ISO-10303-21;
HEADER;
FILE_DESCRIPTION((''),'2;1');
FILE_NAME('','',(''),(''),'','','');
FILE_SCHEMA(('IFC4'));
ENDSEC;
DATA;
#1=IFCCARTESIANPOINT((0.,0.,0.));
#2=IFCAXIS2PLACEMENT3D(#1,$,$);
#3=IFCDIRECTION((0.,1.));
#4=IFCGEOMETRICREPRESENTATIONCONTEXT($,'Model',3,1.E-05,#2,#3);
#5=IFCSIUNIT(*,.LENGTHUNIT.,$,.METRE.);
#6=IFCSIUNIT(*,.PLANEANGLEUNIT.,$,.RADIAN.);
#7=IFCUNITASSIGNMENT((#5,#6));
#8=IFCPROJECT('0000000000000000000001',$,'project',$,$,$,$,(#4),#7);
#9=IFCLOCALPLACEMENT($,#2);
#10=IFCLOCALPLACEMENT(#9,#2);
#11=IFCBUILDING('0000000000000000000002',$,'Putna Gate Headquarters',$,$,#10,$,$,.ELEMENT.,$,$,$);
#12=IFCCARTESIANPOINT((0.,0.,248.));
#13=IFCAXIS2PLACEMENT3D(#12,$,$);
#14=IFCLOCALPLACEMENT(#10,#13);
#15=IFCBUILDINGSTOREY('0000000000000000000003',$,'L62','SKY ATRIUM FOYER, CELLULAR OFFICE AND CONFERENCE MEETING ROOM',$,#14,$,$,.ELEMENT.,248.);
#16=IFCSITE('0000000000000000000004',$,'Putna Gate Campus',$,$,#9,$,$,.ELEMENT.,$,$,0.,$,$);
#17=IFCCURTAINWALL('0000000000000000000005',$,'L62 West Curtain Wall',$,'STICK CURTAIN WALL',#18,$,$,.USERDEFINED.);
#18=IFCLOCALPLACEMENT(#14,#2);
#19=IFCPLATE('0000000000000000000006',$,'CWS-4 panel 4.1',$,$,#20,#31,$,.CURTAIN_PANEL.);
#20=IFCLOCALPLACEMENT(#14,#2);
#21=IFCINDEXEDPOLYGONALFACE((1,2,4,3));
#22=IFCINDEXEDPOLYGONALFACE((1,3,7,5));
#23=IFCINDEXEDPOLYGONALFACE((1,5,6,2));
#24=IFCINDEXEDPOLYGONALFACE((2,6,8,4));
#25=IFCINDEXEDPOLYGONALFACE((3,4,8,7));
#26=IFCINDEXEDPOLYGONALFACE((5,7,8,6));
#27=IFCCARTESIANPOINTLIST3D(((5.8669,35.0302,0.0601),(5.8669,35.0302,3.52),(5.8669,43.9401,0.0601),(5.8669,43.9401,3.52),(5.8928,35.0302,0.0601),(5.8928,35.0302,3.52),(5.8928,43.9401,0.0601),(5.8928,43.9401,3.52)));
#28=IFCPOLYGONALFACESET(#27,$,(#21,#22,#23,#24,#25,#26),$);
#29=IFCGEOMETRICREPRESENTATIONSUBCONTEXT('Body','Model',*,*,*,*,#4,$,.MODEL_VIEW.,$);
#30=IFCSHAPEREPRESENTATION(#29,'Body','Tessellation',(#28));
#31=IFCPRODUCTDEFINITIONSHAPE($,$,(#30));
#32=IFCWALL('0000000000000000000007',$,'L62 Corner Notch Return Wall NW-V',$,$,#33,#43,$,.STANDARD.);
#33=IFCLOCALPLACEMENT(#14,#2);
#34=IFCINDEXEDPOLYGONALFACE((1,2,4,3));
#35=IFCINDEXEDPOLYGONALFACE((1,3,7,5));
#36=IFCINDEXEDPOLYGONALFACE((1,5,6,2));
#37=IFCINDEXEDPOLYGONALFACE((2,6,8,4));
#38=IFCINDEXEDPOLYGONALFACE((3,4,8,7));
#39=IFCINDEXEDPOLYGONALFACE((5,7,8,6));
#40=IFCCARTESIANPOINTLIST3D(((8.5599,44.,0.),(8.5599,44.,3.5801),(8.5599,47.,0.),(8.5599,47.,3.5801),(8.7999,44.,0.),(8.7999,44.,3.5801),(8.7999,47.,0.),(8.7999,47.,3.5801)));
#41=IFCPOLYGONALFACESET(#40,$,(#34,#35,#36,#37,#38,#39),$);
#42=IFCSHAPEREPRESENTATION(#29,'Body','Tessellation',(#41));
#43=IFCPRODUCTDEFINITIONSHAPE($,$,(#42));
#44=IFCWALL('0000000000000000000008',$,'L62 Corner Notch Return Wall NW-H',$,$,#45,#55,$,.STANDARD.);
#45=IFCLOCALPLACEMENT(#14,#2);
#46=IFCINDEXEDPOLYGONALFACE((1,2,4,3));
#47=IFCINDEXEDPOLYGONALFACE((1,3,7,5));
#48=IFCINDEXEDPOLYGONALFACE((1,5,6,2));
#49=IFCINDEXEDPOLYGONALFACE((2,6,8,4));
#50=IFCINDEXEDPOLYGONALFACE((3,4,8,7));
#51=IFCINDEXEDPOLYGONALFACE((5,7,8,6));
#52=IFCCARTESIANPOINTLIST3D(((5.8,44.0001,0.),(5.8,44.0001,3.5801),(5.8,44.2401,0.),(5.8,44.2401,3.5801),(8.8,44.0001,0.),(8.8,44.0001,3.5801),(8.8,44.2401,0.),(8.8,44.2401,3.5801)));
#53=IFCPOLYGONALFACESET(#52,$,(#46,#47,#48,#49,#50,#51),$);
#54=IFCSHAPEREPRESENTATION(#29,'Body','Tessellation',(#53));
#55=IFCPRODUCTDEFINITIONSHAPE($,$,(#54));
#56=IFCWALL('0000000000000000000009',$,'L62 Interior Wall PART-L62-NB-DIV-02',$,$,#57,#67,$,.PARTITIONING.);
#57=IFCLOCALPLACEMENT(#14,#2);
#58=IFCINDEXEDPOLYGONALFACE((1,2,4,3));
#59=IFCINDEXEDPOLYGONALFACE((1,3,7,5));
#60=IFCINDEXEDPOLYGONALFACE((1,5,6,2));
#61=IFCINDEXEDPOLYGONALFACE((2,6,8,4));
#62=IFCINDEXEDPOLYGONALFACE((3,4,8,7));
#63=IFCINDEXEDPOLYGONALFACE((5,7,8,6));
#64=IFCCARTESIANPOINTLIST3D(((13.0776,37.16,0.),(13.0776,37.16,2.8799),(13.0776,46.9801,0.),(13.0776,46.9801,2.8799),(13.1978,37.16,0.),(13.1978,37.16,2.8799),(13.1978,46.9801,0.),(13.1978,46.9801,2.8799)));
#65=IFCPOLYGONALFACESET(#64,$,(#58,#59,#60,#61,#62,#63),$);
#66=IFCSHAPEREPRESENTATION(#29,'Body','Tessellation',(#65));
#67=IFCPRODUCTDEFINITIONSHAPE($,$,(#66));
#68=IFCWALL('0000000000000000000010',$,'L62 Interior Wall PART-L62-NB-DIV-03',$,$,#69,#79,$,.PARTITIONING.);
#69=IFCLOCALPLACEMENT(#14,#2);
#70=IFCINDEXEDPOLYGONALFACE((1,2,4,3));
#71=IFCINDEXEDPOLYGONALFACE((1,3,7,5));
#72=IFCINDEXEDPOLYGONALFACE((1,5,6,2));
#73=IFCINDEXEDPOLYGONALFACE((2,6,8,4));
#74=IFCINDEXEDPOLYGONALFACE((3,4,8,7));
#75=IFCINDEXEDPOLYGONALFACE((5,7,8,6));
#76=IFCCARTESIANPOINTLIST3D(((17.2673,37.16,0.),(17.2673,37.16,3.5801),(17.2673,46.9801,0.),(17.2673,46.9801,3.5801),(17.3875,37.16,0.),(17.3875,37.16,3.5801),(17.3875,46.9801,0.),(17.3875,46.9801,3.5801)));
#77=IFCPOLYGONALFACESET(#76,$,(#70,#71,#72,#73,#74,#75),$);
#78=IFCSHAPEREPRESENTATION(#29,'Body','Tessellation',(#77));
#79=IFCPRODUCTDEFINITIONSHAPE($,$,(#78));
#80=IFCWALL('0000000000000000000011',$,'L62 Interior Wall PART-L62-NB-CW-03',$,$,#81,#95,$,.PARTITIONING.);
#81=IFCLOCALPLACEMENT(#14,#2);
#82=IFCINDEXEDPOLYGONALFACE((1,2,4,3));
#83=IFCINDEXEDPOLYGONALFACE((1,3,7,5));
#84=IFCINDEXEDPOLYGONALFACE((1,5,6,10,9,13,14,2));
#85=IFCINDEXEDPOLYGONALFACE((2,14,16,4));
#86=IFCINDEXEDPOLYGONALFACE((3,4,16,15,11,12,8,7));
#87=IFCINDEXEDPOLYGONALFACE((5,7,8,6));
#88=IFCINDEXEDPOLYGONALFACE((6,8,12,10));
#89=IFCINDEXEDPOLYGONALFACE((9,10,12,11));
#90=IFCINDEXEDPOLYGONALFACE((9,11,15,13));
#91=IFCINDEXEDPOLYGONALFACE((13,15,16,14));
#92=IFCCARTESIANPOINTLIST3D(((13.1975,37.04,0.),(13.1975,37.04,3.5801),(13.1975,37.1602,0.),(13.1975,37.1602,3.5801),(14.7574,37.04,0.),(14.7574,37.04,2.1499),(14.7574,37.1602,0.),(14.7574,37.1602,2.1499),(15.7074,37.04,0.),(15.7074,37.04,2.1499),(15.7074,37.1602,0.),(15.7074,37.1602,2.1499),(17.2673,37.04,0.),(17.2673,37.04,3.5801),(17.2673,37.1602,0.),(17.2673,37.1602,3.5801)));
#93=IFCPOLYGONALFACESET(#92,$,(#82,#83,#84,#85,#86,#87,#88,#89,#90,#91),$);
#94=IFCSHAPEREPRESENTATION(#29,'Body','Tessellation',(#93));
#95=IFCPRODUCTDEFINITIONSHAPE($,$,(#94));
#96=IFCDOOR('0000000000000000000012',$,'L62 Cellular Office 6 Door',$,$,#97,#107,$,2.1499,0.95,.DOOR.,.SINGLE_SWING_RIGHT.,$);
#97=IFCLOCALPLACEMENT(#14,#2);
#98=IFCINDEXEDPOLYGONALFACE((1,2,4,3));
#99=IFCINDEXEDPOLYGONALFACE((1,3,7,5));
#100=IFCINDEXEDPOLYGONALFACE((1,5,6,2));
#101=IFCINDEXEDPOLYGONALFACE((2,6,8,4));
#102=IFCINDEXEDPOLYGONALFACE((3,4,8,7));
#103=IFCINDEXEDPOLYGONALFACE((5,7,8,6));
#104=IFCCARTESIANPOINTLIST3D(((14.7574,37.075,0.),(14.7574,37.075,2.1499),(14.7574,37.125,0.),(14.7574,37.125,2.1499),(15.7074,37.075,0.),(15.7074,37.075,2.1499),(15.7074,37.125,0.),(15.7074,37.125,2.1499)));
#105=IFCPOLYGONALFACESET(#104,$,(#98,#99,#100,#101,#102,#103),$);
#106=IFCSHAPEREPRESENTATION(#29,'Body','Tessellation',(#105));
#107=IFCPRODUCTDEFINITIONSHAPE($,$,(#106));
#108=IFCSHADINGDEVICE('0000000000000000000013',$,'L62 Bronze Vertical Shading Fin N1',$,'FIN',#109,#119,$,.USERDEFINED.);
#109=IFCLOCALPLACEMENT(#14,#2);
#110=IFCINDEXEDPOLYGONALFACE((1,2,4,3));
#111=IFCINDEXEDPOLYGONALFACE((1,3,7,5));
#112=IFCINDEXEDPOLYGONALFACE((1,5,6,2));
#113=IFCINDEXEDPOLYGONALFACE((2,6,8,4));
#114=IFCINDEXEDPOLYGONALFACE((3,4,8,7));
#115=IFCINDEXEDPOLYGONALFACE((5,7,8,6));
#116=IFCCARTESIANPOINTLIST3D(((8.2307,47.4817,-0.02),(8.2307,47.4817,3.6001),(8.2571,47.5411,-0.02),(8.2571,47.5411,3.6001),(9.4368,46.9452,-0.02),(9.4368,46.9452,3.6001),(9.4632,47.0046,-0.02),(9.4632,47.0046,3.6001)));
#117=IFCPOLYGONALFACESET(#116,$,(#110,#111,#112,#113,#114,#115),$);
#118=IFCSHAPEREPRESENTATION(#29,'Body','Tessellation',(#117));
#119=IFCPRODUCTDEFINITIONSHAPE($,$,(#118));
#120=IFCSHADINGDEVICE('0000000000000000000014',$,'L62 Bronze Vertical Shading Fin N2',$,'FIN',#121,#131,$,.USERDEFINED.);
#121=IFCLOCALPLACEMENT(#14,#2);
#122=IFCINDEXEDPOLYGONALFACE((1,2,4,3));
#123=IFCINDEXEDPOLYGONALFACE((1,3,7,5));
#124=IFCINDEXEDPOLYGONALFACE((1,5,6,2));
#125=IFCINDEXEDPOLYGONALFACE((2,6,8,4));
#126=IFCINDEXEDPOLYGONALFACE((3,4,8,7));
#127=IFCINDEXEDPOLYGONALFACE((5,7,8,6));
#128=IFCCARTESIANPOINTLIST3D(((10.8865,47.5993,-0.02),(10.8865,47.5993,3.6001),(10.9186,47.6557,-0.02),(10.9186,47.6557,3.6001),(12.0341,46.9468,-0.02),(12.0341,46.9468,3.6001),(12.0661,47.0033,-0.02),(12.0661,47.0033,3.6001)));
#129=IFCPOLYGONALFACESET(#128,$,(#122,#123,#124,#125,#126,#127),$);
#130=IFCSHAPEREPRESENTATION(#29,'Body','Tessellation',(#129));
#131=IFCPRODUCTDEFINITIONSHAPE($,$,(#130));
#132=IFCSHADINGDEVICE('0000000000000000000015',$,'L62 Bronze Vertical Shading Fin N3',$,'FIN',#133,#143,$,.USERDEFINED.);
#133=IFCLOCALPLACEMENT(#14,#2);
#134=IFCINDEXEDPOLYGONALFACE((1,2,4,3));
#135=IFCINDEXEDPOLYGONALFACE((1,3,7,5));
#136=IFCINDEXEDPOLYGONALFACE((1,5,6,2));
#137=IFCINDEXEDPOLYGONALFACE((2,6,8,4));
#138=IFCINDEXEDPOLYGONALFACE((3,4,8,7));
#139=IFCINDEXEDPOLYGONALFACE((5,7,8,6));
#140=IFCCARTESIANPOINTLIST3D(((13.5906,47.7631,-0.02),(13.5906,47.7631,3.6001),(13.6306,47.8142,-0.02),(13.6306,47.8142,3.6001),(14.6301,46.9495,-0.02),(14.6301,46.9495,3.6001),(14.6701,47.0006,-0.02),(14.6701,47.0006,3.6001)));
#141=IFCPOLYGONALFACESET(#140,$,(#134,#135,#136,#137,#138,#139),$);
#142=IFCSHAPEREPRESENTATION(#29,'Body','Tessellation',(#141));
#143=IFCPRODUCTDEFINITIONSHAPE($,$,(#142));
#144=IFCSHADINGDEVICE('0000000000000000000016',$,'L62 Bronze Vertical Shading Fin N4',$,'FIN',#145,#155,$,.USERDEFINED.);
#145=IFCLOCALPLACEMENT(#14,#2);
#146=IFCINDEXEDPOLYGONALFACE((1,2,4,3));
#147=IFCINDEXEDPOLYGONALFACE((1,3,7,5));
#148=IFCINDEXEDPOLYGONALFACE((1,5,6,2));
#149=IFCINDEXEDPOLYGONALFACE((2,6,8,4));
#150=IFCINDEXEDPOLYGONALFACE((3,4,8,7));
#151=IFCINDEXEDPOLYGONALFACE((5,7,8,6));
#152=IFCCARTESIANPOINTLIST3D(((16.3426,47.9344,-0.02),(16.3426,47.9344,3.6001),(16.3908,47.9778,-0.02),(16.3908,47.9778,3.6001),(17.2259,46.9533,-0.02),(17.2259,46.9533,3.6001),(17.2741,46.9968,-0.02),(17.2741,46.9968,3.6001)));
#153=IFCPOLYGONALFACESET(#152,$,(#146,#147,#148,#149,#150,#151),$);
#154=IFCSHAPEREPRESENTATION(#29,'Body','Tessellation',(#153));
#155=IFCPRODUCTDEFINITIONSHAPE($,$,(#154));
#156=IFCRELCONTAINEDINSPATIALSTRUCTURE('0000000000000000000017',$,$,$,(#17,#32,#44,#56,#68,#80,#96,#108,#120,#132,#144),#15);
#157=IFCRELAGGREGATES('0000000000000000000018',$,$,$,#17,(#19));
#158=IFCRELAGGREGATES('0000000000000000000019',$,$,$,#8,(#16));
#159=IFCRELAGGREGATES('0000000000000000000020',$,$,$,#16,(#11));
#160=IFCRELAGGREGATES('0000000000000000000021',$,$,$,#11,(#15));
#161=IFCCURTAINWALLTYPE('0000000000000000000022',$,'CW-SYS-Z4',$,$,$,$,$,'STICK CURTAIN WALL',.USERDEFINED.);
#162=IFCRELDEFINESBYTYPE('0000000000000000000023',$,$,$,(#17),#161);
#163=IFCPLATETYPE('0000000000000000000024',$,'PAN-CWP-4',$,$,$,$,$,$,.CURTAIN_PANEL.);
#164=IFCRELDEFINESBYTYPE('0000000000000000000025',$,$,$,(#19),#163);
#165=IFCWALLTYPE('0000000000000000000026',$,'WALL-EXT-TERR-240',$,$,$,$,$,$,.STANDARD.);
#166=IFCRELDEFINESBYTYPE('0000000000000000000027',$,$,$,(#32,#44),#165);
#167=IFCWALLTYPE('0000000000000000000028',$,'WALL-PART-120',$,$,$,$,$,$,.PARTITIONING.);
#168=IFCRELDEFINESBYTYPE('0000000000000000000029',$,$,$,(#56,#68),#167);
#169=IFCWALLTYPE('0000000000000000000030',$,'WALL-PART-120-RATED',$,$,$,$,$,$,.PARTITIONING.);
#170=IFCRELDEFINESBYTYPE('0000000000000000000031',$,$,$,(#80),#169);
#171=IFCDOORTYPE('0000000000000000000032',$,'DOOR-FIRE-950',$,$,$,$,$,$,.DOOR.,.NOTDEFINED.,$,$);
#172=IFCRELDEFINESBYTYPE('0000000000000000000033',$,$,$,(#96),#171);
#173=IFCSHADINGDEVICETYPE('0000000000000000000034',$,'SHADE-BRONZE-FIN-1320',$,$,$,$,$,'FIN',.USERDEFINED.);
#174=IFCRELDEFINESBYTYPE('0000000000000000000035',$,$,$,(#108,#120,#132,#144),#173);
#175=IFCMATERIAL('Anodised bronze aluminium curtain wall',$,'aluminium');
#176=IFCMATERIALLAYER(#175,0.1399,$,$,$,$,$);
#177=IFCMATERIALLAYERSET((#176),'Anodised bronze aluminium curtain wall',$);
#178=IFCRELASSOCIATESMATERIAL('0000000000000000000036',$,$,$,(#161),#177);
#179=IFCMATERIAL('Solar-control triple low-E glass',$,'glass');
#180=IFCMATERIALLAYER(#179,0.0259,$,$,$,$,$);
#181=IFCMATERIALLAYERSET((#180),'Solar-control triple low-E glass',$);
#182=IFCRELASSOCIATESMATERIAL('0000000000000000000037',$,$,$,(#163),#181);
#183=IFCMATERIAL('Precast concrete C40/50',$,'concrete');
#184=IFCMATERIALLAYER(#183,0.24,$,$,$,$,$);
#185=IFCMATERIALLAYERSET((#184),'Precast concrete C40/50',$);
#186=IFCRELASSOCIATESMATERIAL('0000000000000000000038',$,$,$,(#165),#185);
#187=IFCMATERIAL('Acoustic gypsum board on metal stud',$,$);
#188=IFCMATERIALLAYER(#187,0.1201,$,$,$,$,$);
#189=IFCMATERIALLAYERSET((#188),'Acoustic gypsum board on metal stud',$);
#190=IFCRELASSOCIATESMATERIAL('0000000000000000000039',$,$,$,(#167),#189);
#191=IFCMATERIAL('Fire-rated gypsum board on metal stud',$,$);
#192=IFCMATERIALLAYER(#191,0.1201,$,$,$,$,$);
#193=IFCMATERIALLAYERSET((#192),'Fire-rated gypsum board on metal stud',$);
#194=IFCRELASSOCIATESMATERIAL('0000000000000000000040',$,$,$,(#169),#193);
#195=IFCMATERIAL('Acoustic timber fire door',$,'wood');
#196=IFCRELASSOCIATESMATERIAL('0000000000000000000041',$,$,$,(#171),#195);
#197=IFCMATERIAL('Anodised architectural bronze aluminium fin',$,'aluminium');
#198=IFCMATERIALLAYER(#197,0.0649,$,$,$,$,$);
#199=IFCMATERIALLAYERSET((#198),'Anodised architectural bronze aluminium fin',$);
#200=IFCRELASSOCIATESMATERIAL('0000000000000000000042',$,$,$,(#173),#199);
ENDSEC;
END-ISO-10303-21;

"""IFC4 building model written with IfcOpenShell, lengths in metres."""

from ifc_helpers import new_model, si_unit, direction, frame, frame_2d, origin, origin_2d, place, context, subcontext, project, spatial, rectangle, extrude, material, layer, layer_set, type_object, element, fill, aggregate, save


model = new_model("IFC4")

# Units and contexts
model_context = context("Model", 3, precision=1e-05, world=origin(), true_north=direction((0.0, 1.0)))
body_context = subcontext(model_context, "Body", "Model", "MODEL_VIEW")
ifc_project = project(units=[si_unit("LENGTHUNIT", "METRE"), si_unit("PLANEANGLEUNIT", "RADIAN")], contexts=[model_context])

# Site, building, storey
site_placement = place(None, origin())
site = spatial("IfcSite", under=ifc_project, at=site_placement, Name="Putna Gate Campus", CompositionType="ELEMENT", RefElevation=0.0)
building_placement = place(site_placement, origin())
building = spatial("IfcBuilding", under=site, at=building_placement, Name="Putna Gate Headquarters", CompositionType="ELEMENT")
storey_placement = place(building_placement, frame((0.0, 0.0, 248.0)))
storey = spatial("IfcBuildingStorey", under=building, at=storey_placement, Name="L62", Description="SKY ATRIUM FOYER, CELLULAR OFFICE AND CONFERENCE MEETING ROOM", CompositionType="ELEMENT", Elevation=248.0)

# Shared definitions
ifc_material_1 = material(Name="Anodised bronze aluminium curtain wall", Category="aluminium")
ifc_layer_1 = layer(ifc_material_1, 0.1399)
ifc_layer_set_1 = layer_set([ifc_layer_1], Name="Anodised bronze aluminium curtain wall")
curtain_wall_type = type_object("IfcCurtainWallType", Name="CW-SYS-Z4", ElementType="STICK CURTAIN WALL", PredefinedType="USERDEFINED", material=ifc_layer_set_1)

# Curtain wall
curtain_wall_1_placement = place(storey_placement, origin())
curtain_wall_1 = element("IfcCurtainWall", 1, at=curtain_wall_1_placement, inside=storey, type_object=curtain_wall_type, Name="L62 West Curtain Wall", ObjectType="STICK CURTAIN WALL", PredefinedType="USERDEFINED")

# Plate
ifc_material_2 = material(Name="Solar-control triple low-E glass", Category="glass")
ifc_layer_2 = layer(ifc_material_2, 0.0259)
ifc_layer_set_2 = layer_set([ifc_layer_2], Name="Solar-control triple low-E glass")
plate_type = type_object("IfcPlateType", Name="PAN-CWP-4", PredefinedType="CURTAIN_PANEL", material=ifc_layer_set_2)
plate_1_placement = place(storey_placement, frame((5.8799, 39.4851, 0.0601), z_axis=(0.0, 0.0, 1.0), x_axis=(0.0, 1.0, 0.0)))
plate_1 = element("IfcPlate", 2, at=plate_1_placement, type_object=plate_type, Name="CWS-4 panel 4.1", PredefinedType="CURTAIN_PANEL", context=body_context, shape_type="SweptSolid", body=[
    extrude(rectangle(XDim=8.9099, YDim=0.0259, at=origin_2d()), origin(), (0.0, 0.0, 1.0), 3.46),
])
aggregate(curtain_wall_1, [plate_1])

# Walls
ifc_material_3 = material(Name="Precast concrete C40/50", Category="concrete")
ifc_layer_3 = layer(ifc_material_3, 0.24)
ifc_layer_set_3 = layer_set([ifc_layer_3], Name="Precast concrete C40/50")
wall_type_1 = type_object("IfcWallType", Name="WALL-EXT-TERR-240", PredefinedType="STANDARD", material=ifc_layer_set_3)
for number, where, z_axis, x_axis, name in (
    (3, (8.6799, 44.0, 0.0), (0.0, 0.0, 1.0), (0.0, 1.0, 0.0), "L62 Corner Notch Return Wall NW-V"),
    (4, (5.8, 44.1201, 0.0), (0.0, 0.0, 1.0), (1.0, 0.0, 0.0), "L62 Corner Notch Return Wall NW-H"),
):
    element("IfcWall", number, at=place(storey_placement, frame(where, z_axis=z_axis, x_axis=x_axis)), inside=storey, type_object=wall_type_1, Name=name, PredefinedType="STANDARD", context=body_context, shape_type="SweptSolid", body=[
        extrude(rectangle(XDim=3.0, YDim=0.24, at=frame_2d((1.5, 0.0))), origin(), (0.0, 0.0, 1.0), 3.5801),
    ])
ifc_material_4 = material(Name="Acoustic gypsum board on metal stud")
ifc_layer_4 = layer(ifc_material_4, 0.1201)
ifc_layer_set_4 = layer_set([ifc_layer_4], Name="Acoustic gypsum board on metal stud")
wall_type_2 = type_object("IfcWallType", Name="WALL-PART-120", PredefinedType="PARTITIONING", material=ifc_layer_set_4)
wall_1_placement = place(storey_placement, frame((13.1377, 37.1599, 0.0), z_axis=(0.0, 0.0, 1.0), x_axis=(0.0, 1.0, 0.0)))
element("IfcWall", 5, at=wall_1_placement, inside=storey, type_object=wall_type_2, Name="L62 Interior Wall PART-L62-NB-DIV-02", PredefinedType="PARTITIONING", context=body_context, shape_type="SweptSolid", body=[
    extrude(rectangle(XDim=9.8201, YDim=0.1201, at=frame_2d((4.9102, 0.0))), origin(), (0.0, 0.0, 1.0), 2.8799),
])
wall_2_placement = place(storey_placement, frame((17.3274, 37.1599, 0.0), z_axis=(0.0, 0.0, 1.0), x_axis=(0.0, 1.0, 0.0)))
element("IfcWall", 6, at=wall_2_placement, inside=storey, type_object=wall_type_2, Name="L62 Interior Wall PART-L62-NB-DIV-03", PredefinedType="PARTITIONING", context=body_context, shape_type="SweptSolid", body=[
    extrude(rectangle(XDim=9.8201, YDim=0.1201, at=frame_2d((4.9102, 0.0))), origin(), (0.0, 0.0, 1.0), 3.5801),
])

# Wall, opening, door
ifc_material_5 = material(Name="Fire-rated gypsum board on metal stud")
ifc_layer_5 = layer(ifc_material_5, 0.1201)
ifc_layer_set_5 = layer_set([ifc_layer_5], Name="Fire-rated gypsum board on metal stud")
wall_type_3 = type_object("IfcWallType", Name="WALL-PART-120-RATED", PredefinedType="PARTITIONING", material=ifc_layer_set_5)
wall_3_placement = place(storey_placement, frame((13.1975, 37.1001, 0.0), z_axis=(0.0, 0.0, 1.0), x_axis=(1.0, 0.0, 0.0)))
wall_3 = element("IfcWall", 7, at=wall_3_placement, inside=storey, type_object=wall_type_3, Name="L62 Interior Wall PART-L62-NB-CW-03", PredefinedType="PARTITIONING", context=body_context, shape_type="SweptSolid", body=[
    extrude(rectangle(XDim=4.0698, YDim=0.1201, at=frame_2d((2.0349, 0.0))), origin(), (0.0, 0.0, 1.0), 3.5801),
])
opening_1_placement = place(wall_3_placement, frame((1.5598, 0.0, 0.0)))
opening_1 = element("IfcOpeningElement", 8, at=opening_1_placement, cuts=wall_3, PredefinedType="OPENING", context=body_context, shape_type="SweptSolid", body=[
    extrude(rectangle(XDim=0.95, YDim=2.1499, at=frame_2d((0.4751, 1.075))), frame((0.0, 0.0701, 0.0), z_axis=(0.0, -1.0, 0.0), x_axis=(1.0, 0.0, 0.0)), (0.0, 0.0, 1.0), 0.1401),
])
ifc_material_6 = material(Name="Acoustic timber fire door", Category="wood")
door_type = type_object("IfcDoorType", Name="DOOR-FIRE-950", OperationType="NOTDEFINED", PredefinedType="DOOR", material=ifc_material_6)
door_1_placement = place(opening_1_placement, origin())
door_1 = element("IfcDoor", 9, at=door_1_placement, inside=storey, type_object=door_type, Name="L62 Cellular Office 6 Door", OperationType="SINGLE_SWING_RIGHT", OverallHeight=2.1499, OverallWidth=0.95, PredefinedType="DOOR", context=body_context, shape_type="SweptSolid", body=[
    extrude(rectangle(XDim=0.95, YDim=2.1499, at=frame_2d((0.4751, 1.075))), frame((0.0, 0.0249, 0.0), z_axis=(0.0, -1.0, 0.0), x_axis=(1.0, 0.0, 0.0)), (0.0, 0.0, 1.0), 0.05),
])
fill(opening_1, door_1)

# Shading devices
ifc_material_7 = material(Name="Anodised architectural bronze aluminium fin", Category="aluminium")
ifc_layer_6 = layer(ifc_material_7, 0.0649)
ifc_layer_set_6 = layer_set([ifc_layer_6], Name="Anodised architectural bronze aluminium fin")
shading_device_type = type_object("IfcShadingDeviceType", Name="SHADE-BRONZE-FIN-1320", ElementType="FIN", PredefinedType="USERDEFINED", material=ifc_layer_set_6)
for number, where, z_axis, x_axis, name in (
    (10, (8.8469, 47.2432, -0.02), (0.0, 0.0, 1.0), (-0.913687, 0.406418, 0.0), "L62 Bronze Vertical Shading Fin N1"),
    (11, (11.4763, 47.3013, -0.02), (0.0, 0.0, 1.0), (-0.869322, 0.494245, 0.0), "L62 Bronze Vertical Shading Fin N2"),
    (12, (14.1304, 47.3818, -0.02), (0.0, 0.0, 1.0), (-0.787473, 0.616349, 0.0), "L62 Bronze Vertical Shading Fin N3"),
    (13, (16.8083, 47.4656, -0.02), (0.0, 0.0, 1.0), (-0.669131, 0.743145, 0.0), "L62 Bronze Vertical Shading Fin N4"),
):
    element("IfcShadingDevice", number, at=place(storey_placement, frame(where, z_axis=z_axis, x_axis=x_axis)), inside=storey, type_object=shading_device_type, Name=name, ObjectType="FIN", PredefinedType="USERDEFINED", context=body_context, shape_type="SweptSolid", body=[
        extrude(rectangle(XDim=1.3201, YDim=0.0649, at=origin_2d()), origin(), (0.0, 0.0, 1.0), 3.6201),
    ])

save(model, "model.ifc")
